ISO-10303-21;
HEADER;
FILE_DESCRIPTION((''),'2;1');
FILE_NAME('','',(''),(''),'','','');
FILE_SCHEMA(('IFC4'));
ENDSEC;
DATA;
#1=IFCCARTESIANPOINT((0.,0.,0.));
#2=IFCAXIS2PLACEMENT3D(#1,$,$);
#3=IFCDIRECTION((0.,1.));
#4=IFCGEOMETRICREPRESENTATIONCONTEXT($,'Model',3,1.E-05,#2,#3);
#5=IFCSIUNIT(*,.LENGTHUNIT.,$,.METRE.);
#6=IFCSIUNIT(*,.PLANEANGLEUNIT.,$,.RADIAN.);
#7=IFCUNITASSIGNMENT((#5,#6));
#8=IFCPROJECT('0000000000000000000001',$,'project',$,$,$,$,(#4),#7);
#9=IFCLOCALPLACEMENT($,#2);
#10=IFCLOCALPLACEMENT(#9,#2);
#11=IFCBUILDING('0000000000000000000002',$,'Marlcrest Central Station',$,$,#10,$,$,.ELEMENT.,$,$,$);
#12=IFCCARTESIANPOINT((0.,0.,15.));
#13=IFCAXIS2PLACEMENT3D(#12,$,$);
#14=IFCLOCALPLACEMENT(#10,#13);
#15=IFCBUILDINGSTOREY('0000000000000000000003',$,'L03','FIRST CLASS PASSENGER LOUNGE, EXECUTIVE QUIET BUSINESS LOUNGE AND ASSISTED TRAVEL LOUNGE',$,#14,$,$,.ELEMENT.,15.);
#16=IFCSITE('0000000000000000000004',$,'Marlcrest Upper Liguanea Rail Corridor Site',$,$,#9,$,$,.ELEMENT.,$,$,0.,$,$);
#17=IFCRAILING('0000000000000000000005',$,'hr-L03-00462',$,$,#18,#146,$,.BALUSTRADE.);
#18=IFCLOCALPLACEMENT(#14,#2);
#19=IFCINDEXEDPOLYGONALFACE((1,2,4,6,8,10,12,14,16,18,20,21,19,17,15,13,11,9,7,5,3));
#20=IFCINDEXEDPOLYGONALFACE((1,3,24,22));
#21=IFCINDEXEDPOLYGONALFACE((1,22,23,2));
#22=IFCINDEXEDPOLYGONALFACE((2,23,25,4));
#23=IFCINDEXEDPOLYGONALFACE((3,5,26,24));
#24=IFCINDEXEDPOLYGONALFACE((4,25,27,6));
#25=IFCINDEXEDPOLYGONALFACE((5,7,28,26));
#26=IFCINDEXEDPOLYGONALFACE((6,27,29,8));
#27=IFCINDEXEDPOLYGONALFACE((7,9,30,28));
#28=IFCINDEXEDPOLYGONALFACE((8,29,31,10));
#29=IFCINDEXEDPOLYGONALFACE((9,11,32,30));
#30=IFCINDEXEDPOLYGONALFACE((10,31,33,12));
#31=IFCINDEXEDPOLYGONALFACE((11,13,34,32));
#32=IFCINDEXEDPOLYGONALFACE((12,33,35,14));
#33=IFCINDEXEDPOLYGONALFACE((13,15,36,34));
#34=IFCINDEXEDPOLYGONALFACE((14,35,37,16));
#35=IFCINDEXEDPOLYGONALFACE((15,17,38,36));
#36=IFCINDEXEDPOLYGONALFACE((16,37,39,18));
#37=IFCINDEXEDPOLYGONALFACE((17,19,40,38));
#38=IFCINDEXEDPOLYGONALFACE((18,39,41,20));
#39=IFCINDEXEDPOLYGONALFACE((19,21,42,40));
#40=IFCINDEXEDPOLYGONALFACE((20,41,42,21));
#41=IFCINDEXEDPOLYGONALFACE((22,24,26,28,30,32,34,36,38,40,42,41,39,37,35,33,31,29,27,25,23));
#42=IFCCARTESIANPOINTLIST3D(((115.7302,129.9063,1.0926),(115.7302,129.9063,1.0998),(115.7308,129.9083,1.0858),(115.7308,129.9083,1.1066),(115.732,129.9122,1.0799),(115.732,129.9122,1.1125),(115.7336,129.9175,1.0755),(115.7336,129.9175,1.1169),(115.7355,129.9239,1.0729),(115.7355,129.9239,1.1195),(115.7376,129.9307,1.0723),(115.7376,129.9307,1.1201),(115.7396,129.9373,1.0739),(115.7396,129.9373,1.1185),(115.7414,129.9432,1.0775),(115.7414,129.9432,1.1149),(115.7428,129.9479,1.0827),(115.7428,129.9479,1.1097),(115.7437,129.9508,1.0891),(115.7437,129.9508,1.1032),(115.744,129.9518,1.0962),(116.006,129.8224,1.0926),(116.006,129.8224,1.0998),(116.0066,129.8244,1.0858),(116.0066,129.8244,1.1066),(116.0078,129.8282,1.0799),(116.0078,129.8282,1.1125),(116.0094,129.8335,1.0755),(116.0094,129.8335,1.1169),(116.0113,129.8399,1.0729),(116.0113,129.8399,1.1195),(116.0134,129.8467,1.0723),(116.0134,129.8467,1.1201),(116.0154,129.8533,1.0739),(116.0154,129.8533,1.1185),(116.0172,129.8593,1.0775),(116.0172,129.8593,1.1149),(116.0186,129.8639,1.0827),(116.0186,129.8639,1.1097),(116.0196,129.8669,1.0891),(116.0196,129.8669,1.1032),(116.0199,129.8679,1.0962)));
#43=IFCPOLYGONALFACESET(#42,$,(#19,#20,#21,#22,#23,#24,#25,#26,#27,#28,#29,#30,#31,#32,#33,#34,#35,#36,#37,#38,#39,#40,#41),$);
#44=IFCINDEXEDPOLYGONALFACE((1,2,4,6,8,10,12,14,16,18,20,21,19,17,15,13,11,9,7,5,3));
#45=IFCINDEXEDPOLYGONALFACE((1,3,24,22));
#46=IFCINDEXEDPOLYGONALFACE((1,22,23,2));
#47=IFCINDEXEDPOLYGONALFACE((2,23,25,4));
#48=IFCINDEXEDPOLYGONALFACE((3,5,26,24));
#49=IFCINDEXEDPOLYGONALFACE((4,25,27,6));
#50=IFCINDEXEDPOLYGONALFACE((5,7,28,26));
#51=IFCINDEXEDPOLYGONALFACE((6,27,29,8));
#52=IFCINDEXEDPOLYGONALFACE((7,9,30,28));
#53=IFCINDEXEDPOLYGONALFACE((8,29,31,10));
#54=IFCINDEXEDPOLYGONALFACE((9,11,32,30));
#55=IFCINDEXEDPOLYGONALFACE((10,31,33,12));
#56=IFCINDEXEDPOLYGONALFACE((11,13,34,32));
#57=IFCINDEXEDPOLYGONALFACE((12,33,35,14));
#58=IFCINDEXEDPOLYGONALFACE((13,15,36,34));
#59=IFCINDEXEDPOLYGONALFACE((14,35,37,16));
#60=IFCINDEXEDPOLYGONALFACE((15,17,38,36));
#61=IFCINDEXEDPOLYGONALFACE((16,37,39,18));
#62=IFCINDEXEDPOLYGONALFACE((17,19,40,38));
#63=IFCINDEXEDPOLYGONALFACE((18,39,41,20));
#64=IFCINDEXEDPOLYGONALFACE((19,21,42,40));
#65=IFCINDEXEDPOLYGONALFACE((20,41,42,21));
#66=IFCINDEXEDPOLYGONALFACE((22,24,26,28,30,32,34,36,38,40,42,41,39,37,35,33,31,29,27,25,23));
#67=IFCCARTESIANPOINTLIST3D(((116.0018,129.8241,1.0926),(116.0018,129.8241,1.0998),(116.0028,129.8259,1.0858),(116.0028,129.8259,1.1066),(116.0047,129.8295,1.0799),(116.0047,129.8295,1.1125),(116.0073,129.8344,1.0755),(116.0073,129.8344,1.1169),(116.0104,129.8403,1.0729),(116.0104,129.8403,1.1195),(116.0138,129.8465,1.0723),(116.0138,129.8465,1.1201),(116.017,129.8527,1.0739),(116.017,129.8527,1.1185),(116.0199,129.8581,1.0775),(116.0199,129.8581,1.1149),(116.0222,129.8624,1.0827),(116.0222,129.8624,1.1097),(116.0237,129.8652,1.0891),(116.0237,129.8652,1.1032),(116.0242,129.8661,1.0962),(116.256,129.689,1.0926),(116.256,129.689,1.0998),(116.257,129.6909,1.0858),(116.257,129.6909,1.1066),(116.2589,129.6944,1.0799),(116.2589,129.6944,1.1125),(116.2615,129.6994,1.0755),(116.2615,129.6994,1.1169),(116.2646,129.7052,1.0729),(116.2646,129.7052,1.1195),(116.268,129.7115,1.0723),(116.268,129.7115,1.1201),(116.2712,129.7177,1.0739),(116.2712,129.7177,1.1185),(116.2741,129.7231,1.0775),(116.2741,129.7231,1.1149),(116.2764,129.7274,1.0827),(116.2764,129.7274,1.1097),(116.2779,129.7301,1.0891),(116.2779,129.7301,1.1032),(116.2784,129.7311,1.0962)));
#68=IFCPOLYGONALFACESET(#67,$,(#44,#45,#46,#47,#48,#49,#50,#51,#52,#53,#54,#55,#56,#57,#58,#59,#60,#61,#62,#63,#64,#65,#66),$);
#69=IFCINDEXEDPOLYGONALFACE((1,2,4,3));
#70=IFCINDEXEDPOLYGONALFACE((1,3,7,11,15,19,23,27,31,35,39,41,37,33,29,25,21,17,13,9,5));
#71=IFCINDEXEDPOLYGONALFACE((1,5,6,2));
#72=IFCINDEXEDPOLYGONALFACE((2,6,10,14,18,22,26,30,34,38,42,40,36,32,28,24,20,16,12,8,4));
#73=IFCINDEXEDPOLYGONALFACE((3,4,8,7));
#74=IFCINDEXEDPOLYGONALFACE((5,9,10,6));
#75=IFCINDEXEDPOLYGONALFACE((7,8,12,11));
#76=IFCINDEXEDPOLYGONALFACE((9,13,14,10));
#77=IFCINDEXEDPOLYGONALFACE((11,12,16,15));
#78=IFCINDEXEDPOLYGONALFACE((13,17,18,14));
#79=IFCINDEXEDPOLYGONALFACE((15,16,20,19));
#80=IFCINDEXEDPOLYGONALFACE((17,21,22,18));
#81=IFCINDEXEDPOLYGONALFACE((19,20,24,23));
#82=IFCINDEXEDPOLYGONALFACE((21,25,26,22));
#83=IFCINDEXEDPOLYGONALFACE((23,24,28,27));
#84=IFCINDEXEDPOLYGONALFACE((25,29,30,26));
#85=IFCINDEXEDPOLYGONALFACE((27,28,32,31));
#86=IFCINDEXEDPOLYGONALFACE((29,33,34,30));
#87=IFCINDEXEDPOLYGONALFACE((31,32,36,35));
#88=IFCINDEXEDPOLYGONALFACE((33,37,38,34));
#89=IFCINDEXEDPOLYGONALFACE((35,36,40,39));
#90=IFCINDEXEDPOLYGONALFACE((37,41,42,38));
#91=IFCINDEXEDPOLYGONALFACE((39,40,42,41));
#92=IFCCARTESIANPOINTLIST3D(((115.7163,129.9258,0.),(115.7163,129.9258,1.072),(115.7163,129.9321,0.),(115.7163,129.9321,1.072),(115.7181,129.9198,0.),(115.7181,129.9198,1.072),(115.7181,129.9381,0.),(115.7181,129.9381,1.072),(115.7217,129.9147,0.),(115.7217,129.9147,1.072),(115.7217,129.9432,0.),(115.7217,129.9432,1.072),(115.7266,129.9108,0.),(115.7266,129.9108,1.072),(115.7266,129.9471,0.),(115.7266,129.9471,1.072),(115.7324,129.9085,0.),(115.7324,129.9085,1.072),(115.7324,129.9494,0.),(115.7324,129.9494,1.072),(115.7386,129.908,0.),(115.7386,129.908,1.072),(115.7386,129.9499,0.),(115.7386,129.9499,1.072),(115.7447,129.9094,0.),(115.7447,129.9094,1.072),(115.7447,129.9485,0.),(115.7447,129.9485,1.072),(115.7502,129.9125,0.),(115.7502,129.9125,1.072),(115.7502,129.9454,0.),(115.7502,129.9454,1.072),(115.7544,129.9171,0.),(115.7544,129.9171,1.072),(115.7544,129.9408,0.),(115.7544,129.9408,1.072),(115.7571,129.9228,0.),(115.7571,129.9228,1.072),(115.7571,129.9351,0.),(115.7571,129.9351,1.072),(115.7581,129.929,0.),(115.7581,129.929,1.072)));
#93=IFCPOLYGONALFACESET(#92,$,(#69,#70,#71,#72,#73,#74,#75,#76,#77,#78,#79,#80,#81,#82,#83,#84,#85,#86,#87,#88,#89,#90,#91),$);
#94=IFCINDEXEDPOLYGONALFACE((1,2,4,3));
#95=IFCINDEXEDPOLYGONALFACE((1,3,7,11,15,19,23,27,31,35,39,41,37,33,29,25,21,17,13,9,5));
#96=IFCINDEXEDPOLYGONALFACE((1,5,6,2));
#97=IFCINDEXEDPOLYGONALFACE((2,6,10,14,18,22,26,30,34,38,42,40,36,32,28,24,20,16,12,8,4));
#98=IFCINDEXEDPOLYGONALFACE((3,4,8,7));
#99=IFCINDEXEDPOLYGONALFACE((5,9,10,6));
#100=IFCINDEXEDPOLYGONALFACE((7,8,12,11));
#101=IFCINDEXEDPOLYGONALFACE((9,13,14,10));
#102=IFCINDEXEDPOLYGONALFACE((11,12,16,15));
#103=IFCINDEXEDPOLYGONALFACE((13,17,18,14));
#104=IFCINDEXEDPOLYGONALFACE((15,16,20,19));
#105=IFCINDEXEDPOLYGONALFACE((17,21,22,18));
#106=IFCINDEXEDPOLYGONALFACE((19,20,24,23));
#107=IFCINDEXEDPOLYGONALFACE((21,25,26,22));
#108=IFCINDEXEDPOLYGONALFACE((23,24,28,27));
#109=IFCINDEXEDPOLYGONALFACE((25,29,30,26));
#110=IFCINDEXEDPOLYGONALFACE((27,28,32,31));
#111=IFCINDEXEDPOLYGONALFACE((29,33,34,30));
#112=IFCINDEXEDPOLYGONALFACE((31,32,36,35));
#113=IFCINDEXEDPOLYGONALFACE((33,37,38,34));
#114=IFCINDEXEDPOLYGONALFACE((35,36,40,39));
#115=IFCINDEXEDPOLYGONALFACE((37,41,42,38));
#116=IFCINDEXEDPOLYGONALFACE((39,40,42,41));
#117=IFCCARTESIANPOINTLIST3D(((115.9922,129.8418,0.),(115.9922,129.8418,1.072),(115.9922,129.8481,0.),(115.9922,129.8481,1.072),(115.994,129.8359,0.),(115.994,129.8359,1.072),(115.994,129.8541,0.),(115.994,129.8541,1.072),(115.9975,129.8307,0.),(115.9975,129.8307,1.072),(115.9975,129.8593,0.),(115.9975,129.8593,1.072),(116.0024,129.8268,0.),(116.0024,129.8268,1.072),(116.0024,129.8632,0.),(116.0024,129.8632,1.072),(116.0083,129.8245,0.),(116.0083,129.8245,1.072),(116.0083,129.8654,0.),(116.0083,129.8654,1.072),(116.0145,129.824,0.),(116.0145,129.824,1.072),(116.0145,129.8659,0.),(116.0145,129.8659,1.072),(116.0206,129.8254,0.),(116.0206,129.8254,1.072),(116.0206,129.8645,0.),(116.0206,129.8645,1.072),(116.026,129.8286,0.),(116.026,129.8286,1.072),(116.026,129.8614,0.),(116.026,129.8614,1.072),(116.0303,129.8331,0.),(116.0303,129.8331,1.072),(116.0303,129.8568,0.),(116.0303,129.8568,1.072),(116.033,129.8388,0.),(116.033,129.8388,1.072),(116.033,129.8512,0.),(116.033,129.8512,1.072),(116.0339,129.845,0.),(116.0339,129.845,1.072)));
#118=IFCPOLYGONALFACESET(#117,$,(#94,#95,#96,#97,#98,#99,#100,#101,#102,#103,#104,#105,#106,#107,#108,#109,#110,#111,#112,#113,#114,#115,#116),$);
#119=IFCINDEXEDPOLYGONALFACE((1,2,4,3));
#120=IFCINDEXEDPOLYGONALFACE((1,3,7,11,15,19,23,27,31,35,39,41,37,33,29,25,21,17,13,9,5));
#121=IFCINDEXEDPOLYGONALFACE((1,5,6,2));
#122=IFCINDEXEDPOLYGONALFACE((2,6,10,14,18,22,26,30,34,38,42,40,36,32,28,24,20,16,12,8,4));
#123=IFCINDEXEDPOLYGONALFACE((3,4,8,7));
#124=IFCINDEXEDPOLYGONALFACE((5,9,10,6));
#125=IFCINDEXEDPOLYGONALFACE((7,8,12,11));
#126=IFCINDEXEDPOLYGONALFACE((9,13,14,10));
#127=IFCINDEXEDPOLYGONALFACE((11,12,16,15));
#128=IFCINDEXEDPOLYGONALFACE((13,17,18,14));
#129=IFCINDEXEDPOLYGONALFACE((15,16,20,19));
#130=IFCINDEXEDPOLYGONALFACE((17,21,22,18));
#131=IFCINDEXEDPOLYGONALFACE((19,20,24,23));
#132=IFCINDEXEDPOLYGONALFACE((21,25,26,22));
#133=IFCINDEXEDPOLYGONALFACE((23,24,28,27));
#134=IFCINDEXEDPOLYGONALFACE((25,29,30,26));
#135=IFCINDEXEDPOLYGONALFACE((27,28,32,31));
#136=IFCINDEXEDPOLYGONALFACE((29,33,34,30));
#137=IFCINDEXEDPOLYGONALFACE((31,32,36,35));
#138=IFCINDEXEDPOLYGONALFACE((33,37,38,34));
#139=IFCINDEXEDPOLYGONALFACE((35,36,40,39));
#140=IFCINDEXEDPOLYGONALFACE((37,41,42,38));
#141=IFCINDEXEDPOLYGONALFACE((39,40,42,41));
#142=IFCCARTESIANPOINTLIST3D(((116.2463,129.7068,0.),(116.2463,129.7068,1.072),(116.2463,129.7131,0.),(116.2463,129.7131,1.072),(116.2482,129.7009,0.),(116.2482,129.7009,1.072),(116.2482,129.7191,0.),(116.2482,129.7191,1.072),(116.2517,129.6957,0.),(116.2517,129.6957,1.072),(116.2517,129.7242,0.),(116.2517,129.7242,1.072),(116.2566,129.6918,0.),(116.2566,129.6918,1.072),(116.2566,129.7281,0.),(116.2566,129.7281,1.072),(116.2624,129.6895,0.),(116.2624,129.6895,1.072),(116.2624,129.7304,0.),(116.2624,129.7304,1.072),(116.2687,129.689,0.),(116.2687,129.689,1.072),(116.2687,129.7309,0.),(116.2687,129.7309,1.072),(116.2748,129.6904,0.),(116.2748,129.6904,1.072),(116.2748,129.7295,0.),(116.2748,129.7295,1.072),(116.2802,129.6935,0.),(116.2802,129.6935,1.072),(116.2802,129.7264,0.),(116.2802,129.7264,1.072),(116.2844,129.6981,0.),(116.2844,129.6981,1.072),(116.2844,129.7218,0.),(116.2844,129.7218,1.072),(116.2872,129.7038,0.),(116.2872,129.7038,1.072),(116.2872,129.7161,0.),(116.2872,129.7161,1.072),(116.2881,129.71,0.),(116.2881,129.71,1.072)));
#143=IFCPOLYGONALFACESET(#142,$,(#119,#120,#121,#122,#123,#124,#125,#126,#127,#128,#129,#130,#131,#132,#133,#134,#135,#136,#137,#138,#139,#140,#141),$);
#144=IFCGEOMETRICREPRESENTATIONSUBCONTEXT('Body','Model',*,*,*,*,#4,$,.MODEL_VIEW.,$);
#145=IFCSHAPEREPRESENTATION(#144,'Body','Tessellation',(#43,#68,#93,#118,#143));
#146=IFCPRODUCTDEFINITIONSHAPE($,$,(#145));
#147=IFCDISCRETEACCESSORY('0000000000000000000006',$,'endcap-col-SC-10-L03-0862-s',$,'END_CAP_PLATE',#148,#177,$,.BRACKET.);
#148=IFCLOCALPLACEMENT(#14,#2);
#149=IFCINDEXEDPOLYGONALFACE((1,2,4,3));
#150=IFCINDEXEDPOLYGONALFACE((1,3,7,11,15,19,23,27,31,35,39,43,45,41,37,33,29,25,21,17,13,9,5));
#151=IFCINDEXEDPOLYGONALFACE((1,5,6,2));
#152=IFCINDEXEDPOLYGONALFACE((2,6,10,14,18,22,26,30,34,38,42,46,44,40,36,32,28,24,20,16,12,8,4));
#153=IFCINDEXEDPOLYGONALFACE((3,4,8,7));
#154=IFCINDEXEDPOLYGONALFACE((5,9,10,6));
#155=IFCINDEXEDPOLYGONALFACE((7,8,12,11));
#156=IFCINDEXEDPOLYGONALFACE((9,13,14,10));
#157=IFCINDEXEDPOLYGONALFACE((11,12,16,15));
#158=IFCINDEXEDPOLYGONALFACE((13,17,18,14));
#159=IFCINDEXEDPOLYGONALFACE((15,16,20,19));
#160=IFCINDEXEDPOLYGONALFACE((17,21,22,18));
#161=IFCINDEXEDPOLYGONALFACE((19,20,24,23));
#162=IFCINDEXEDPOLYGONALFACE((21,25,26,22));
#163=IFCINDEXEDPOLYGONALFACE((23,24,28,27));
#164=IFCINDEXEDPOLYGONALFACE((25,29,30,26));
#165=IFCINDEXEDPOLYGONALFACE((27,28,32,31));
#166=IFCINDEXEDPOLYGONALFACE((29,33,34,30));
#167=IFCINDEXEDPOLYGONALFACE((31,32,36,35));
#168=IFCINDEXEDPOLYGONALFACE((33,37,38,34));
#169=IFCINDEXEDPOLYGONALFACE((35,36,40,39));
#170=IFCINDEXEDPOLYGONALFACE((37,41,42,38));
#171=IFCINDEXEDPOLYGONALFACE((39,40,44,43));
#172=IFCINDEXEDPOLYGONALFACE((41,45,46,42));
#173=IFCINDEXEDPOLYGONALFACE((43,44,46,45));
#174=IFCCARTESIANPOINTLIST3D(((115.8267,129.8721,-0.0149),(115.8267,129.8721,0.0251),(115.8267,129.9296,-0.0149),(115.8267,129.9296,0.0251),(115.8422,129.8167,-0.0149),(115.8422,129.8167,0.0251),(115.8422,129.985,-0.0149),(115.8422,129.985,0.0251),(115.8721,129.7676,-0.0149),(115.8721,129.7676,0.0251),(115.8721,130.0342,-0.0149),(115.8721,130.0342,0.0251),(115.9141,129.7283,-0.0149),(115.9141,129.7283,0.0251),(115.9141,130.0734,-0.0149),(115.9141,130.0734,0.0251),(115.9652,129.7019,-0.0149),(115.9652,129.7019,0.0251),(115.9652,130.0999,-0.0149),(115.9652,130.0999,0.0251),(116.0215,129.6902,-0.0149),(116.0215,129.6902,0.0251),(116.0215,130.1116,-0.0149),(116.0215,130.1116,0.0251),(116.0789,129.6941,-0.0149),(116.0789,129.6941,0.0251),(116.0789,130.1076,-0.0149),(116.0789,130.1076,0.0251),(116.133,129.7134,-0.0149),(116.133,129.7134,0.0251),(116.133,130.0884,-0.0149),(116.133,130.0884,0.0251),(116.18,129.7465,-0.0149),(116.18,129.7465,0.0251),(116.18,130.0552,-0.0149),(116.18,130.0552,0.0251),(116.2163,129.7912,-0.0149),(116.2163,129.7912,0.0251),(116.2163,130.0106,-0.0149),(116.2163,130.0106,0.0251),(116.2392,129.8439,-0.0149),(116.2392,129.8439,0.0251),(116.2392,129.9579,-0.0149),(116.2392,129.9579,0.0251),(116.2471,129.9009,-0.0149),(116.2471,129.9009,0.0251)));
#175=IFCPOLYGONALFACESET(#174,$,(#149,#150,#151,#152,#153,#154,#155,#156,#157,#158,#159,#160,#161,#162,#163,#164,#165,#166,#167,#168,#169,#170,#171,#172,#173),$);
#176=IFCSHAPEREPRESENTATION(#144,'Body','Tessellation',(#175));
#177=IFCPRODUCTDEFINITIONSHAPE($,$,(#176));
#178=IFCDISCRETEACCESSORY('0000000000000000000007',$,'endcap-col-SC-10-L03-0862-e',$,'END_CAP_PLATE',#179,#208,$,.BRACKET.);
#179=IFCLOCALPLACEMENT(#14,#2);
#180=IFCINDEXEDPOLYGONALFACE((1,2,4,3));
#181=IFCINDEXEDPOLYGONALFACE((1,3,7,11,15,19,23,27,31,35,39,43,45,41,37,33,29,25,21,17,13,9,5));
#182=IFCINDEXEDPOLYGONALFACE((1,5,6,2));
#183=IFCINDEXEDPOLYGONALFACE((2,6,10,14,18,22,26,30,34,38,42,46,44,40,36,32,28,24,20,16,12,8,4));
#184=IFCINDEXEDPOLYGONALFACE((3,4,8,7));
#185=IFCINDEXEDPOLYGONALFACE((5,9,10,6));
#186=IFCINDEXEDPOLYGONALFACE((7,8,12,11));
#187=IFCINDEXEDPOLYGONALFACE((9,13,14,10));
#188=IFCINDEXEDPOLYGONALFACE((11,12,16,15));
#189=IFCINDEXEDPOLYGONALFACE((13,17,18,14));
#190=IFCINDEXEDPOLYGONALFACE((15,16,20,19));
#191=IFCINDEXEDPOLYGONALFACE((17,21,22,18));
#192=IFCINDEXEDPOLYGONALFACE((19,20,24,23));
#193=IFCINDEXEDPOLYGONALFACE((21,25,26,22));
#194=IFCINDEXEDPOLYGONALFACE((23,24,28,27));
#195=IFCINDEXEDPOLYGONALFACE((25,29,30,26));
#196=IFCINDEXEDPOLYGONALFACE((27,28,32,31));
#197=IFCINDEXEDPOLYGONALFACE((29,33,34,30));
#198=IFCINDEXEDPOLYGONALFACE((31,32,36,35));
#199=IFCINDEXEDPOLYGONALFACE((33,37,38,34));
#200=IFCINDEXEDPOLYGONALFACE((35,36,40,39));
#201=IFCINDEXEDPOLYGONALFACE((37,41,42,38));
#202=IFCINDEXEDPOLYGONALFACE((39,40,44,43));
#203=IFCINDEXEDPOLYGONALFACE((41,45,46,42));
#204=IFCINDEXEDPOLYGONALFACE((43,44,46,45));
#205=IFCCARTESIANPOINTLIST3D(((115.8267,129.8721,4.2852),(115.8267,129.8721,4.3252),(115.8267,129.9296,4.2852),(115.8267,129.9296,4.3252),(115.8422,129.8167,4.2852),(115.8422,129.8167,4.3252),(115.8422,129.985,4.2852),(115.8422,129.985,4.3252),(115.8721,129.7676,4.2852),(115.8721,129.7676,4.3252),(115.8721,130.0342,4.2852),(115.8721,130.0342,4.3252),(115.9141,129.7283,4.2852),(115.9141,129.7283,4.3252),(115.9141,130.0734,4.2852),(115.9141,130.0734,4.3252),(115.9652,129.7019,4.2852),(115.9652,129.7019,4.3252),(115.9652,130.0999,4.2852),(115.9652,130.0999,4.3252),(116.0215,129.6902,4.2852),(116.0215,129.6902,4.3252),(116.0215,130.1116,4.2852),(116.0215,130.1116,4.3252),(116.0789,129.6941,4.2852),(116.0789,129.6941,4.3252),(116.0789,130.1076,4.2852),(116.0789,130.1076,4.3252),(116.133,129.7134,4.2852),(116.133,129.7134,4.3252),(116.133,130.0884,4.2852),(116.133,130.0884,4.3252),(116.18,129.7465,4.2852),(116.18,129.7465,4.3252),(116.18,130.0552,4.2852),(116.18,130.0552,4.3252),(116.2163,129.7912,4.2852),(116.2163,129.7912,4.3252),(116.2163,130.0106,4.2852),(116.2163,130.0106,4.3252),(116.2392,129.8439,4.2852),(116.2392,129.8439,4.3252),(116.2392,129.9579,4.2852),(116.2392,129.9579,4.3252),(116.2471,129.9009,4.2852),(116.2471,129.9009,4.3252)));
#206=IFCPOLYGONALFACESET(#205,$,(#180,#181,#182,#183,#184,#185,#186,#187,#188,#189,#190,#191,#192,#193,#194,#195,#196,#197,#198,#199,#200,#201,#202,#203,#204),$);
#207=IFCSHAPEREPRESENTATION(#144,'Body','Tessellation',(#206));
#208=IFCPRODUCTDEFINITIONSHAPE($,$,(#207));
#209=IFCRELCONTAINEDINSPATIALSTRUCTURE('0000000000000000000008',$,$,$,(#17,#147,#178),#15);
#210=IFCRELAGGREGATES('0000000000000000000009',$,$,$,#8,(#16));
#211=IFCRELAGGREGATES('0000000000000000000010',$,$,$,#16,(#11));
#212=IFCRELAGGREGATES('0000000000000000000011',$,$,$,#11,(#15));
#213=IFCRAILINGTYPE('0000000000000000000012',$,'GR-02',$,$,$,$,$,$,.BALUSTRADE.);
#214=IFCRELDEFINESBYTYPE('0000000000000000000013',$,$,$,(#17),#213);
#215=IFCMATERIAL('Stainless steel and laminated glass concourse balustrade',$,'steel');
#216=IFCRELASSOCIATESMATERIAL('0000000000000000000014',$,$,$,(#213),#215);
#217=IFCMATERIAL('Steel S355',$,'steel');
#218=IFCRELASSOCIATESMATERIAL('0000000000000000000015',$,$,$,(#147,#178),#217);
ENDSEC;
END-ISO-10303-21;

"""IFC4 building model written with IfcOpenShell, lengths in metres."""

from ifc_helpers import new_model, si_unit, direction, frame, origin, origin_2d, place, context, subcontext, project, spatial, circle, extrude, material, type_object, element, save


model = new_model("IFC4")

# Units and contexts
model_context = context("Model", 3, precision=1e-05, world=origin(), true_north=direction((0.0, 1.0)))
body_context = subcontext(model_context, "Body", "Model", "MODEL_VIEW")
ifc_project = project(units=[si_unit("LENGTHUNIT", "METRE"), si_unit("PLANEANGLEUNIT", "RADIAN")], contexts=[model_context])

# Site, building, storey
site_placement = place(None, origin())
site = spatial("IfcSite", under=ifc_project, at=site_placement, Name="Marlcrest Upper Liguanea Rail Corridor Site", CompositionType="ELEMENT", RefElevation=0.0)
building_placement = place(site_placement, origin())
building = spatial("IfcBuilding", under=site, at=building_placement, Name="Marlcrest Central Station", CompositionType="ELEMENT")
storey_placement = place(building_placement, frame((0.0, 0.0, 15.0)))
storey = spatial("IfcBuildingStorey", under=building, at=storey_placement, Name="L03", Description="FIRST CLASS PASSENGER LOUNGE, EXECUTIVE QUIET BUSINESS LOUNGE AND ASSISTED TRAVEL LOUNGE", CompositionType="ELEMENT", Elevation=15.0)

# Shared definitions
ifc_material_1 = material(Name="Steel S355", Category="steel")

# Railing
ifc_material_2 = material(Name="Stainless steel and laminated glass concourse balustrade", Category="steel")
railing_type = type_object("IfcRailingType", Name="GR-02", PredefinedType="BALUSTRADE", material=ifc_material_2)
railing_1_placement = place(storey_placement, frame((115.7371, 129.929, 0.0)))
element("IfcRailing", 1, at=railing_1_placement, inside=storey, type_object=railing_type, Name="hr-L03-00462", PredefinedType="BALUSTRADE", context=body_context, shape_type="SweptSolid", body=[
    extrude(circle(Radius=0.0239, at=origin_2d()), frame((0.0, 0.0, 1.0962), z_axis=(0.956653, -0.291229, 0.0), x_axis=(0.291229, 0.956653, 0.0)), (0.0, 0.0, 1.0), 0.2883),
    extrude(circle(Radius=0.0239, at=origin_2d()), frame((0.2759, -0.084, 1.0962), z_axis=(0.883127, -0.469135, 0.0), x_axis=(0.469135, 0.883127, 0.0)), (0.0, 0.0, 1.0), 0.2878),
    extrude(circle(Radius=0.021, at=origin_2d()), origin(), (0.0, 0.0, 1.0), 1.072),
    extrude(circle(Radius=0.021, at=origin_2d()), frame((0.2759, -0.084, 0.0)), (0.0, 0.0, 1.0), 1.072),
    extrude(circle(Radius=0.021, at=origin_2d()), frame((0.53, -0.219, 0.0)), (0.0, 0.0, 1.0), 1.072),
])

# Discrete accessories
for number, where, z_axis, x_axis, name in (
    (2, (116.0359, 129.9009, -0.0149), (0.0, 0.0, 1.0), (1.0, 0.0, 0.0), "endcap-col-SC-10-L03-0862-s"),
    (3, (116.0359, 129.9009, 4.2852), (0.0, 0.0, 1.0), (1.0, 0.0, 0.0), "endcap-col-SC-10-L03-0862-e"),
):
    element("IfcDiscreteAccessory", number, at=place(storey_placement, frame(where, z_axis=z_axis, x_axis=x_axis)), inside=storey, material=ifc_material_1, Name=name, ObjectType="END_CAP_PLATE", PredefinedType="BRACKET", context=body_context, shape_type="SweptSolid", body=[
        extrude(circle(Radius=0.2112, at=origin_2d()), origin(), (0.0, 0.0, 1.0), 0.04),
    ])

save(model, "model.ifc")
